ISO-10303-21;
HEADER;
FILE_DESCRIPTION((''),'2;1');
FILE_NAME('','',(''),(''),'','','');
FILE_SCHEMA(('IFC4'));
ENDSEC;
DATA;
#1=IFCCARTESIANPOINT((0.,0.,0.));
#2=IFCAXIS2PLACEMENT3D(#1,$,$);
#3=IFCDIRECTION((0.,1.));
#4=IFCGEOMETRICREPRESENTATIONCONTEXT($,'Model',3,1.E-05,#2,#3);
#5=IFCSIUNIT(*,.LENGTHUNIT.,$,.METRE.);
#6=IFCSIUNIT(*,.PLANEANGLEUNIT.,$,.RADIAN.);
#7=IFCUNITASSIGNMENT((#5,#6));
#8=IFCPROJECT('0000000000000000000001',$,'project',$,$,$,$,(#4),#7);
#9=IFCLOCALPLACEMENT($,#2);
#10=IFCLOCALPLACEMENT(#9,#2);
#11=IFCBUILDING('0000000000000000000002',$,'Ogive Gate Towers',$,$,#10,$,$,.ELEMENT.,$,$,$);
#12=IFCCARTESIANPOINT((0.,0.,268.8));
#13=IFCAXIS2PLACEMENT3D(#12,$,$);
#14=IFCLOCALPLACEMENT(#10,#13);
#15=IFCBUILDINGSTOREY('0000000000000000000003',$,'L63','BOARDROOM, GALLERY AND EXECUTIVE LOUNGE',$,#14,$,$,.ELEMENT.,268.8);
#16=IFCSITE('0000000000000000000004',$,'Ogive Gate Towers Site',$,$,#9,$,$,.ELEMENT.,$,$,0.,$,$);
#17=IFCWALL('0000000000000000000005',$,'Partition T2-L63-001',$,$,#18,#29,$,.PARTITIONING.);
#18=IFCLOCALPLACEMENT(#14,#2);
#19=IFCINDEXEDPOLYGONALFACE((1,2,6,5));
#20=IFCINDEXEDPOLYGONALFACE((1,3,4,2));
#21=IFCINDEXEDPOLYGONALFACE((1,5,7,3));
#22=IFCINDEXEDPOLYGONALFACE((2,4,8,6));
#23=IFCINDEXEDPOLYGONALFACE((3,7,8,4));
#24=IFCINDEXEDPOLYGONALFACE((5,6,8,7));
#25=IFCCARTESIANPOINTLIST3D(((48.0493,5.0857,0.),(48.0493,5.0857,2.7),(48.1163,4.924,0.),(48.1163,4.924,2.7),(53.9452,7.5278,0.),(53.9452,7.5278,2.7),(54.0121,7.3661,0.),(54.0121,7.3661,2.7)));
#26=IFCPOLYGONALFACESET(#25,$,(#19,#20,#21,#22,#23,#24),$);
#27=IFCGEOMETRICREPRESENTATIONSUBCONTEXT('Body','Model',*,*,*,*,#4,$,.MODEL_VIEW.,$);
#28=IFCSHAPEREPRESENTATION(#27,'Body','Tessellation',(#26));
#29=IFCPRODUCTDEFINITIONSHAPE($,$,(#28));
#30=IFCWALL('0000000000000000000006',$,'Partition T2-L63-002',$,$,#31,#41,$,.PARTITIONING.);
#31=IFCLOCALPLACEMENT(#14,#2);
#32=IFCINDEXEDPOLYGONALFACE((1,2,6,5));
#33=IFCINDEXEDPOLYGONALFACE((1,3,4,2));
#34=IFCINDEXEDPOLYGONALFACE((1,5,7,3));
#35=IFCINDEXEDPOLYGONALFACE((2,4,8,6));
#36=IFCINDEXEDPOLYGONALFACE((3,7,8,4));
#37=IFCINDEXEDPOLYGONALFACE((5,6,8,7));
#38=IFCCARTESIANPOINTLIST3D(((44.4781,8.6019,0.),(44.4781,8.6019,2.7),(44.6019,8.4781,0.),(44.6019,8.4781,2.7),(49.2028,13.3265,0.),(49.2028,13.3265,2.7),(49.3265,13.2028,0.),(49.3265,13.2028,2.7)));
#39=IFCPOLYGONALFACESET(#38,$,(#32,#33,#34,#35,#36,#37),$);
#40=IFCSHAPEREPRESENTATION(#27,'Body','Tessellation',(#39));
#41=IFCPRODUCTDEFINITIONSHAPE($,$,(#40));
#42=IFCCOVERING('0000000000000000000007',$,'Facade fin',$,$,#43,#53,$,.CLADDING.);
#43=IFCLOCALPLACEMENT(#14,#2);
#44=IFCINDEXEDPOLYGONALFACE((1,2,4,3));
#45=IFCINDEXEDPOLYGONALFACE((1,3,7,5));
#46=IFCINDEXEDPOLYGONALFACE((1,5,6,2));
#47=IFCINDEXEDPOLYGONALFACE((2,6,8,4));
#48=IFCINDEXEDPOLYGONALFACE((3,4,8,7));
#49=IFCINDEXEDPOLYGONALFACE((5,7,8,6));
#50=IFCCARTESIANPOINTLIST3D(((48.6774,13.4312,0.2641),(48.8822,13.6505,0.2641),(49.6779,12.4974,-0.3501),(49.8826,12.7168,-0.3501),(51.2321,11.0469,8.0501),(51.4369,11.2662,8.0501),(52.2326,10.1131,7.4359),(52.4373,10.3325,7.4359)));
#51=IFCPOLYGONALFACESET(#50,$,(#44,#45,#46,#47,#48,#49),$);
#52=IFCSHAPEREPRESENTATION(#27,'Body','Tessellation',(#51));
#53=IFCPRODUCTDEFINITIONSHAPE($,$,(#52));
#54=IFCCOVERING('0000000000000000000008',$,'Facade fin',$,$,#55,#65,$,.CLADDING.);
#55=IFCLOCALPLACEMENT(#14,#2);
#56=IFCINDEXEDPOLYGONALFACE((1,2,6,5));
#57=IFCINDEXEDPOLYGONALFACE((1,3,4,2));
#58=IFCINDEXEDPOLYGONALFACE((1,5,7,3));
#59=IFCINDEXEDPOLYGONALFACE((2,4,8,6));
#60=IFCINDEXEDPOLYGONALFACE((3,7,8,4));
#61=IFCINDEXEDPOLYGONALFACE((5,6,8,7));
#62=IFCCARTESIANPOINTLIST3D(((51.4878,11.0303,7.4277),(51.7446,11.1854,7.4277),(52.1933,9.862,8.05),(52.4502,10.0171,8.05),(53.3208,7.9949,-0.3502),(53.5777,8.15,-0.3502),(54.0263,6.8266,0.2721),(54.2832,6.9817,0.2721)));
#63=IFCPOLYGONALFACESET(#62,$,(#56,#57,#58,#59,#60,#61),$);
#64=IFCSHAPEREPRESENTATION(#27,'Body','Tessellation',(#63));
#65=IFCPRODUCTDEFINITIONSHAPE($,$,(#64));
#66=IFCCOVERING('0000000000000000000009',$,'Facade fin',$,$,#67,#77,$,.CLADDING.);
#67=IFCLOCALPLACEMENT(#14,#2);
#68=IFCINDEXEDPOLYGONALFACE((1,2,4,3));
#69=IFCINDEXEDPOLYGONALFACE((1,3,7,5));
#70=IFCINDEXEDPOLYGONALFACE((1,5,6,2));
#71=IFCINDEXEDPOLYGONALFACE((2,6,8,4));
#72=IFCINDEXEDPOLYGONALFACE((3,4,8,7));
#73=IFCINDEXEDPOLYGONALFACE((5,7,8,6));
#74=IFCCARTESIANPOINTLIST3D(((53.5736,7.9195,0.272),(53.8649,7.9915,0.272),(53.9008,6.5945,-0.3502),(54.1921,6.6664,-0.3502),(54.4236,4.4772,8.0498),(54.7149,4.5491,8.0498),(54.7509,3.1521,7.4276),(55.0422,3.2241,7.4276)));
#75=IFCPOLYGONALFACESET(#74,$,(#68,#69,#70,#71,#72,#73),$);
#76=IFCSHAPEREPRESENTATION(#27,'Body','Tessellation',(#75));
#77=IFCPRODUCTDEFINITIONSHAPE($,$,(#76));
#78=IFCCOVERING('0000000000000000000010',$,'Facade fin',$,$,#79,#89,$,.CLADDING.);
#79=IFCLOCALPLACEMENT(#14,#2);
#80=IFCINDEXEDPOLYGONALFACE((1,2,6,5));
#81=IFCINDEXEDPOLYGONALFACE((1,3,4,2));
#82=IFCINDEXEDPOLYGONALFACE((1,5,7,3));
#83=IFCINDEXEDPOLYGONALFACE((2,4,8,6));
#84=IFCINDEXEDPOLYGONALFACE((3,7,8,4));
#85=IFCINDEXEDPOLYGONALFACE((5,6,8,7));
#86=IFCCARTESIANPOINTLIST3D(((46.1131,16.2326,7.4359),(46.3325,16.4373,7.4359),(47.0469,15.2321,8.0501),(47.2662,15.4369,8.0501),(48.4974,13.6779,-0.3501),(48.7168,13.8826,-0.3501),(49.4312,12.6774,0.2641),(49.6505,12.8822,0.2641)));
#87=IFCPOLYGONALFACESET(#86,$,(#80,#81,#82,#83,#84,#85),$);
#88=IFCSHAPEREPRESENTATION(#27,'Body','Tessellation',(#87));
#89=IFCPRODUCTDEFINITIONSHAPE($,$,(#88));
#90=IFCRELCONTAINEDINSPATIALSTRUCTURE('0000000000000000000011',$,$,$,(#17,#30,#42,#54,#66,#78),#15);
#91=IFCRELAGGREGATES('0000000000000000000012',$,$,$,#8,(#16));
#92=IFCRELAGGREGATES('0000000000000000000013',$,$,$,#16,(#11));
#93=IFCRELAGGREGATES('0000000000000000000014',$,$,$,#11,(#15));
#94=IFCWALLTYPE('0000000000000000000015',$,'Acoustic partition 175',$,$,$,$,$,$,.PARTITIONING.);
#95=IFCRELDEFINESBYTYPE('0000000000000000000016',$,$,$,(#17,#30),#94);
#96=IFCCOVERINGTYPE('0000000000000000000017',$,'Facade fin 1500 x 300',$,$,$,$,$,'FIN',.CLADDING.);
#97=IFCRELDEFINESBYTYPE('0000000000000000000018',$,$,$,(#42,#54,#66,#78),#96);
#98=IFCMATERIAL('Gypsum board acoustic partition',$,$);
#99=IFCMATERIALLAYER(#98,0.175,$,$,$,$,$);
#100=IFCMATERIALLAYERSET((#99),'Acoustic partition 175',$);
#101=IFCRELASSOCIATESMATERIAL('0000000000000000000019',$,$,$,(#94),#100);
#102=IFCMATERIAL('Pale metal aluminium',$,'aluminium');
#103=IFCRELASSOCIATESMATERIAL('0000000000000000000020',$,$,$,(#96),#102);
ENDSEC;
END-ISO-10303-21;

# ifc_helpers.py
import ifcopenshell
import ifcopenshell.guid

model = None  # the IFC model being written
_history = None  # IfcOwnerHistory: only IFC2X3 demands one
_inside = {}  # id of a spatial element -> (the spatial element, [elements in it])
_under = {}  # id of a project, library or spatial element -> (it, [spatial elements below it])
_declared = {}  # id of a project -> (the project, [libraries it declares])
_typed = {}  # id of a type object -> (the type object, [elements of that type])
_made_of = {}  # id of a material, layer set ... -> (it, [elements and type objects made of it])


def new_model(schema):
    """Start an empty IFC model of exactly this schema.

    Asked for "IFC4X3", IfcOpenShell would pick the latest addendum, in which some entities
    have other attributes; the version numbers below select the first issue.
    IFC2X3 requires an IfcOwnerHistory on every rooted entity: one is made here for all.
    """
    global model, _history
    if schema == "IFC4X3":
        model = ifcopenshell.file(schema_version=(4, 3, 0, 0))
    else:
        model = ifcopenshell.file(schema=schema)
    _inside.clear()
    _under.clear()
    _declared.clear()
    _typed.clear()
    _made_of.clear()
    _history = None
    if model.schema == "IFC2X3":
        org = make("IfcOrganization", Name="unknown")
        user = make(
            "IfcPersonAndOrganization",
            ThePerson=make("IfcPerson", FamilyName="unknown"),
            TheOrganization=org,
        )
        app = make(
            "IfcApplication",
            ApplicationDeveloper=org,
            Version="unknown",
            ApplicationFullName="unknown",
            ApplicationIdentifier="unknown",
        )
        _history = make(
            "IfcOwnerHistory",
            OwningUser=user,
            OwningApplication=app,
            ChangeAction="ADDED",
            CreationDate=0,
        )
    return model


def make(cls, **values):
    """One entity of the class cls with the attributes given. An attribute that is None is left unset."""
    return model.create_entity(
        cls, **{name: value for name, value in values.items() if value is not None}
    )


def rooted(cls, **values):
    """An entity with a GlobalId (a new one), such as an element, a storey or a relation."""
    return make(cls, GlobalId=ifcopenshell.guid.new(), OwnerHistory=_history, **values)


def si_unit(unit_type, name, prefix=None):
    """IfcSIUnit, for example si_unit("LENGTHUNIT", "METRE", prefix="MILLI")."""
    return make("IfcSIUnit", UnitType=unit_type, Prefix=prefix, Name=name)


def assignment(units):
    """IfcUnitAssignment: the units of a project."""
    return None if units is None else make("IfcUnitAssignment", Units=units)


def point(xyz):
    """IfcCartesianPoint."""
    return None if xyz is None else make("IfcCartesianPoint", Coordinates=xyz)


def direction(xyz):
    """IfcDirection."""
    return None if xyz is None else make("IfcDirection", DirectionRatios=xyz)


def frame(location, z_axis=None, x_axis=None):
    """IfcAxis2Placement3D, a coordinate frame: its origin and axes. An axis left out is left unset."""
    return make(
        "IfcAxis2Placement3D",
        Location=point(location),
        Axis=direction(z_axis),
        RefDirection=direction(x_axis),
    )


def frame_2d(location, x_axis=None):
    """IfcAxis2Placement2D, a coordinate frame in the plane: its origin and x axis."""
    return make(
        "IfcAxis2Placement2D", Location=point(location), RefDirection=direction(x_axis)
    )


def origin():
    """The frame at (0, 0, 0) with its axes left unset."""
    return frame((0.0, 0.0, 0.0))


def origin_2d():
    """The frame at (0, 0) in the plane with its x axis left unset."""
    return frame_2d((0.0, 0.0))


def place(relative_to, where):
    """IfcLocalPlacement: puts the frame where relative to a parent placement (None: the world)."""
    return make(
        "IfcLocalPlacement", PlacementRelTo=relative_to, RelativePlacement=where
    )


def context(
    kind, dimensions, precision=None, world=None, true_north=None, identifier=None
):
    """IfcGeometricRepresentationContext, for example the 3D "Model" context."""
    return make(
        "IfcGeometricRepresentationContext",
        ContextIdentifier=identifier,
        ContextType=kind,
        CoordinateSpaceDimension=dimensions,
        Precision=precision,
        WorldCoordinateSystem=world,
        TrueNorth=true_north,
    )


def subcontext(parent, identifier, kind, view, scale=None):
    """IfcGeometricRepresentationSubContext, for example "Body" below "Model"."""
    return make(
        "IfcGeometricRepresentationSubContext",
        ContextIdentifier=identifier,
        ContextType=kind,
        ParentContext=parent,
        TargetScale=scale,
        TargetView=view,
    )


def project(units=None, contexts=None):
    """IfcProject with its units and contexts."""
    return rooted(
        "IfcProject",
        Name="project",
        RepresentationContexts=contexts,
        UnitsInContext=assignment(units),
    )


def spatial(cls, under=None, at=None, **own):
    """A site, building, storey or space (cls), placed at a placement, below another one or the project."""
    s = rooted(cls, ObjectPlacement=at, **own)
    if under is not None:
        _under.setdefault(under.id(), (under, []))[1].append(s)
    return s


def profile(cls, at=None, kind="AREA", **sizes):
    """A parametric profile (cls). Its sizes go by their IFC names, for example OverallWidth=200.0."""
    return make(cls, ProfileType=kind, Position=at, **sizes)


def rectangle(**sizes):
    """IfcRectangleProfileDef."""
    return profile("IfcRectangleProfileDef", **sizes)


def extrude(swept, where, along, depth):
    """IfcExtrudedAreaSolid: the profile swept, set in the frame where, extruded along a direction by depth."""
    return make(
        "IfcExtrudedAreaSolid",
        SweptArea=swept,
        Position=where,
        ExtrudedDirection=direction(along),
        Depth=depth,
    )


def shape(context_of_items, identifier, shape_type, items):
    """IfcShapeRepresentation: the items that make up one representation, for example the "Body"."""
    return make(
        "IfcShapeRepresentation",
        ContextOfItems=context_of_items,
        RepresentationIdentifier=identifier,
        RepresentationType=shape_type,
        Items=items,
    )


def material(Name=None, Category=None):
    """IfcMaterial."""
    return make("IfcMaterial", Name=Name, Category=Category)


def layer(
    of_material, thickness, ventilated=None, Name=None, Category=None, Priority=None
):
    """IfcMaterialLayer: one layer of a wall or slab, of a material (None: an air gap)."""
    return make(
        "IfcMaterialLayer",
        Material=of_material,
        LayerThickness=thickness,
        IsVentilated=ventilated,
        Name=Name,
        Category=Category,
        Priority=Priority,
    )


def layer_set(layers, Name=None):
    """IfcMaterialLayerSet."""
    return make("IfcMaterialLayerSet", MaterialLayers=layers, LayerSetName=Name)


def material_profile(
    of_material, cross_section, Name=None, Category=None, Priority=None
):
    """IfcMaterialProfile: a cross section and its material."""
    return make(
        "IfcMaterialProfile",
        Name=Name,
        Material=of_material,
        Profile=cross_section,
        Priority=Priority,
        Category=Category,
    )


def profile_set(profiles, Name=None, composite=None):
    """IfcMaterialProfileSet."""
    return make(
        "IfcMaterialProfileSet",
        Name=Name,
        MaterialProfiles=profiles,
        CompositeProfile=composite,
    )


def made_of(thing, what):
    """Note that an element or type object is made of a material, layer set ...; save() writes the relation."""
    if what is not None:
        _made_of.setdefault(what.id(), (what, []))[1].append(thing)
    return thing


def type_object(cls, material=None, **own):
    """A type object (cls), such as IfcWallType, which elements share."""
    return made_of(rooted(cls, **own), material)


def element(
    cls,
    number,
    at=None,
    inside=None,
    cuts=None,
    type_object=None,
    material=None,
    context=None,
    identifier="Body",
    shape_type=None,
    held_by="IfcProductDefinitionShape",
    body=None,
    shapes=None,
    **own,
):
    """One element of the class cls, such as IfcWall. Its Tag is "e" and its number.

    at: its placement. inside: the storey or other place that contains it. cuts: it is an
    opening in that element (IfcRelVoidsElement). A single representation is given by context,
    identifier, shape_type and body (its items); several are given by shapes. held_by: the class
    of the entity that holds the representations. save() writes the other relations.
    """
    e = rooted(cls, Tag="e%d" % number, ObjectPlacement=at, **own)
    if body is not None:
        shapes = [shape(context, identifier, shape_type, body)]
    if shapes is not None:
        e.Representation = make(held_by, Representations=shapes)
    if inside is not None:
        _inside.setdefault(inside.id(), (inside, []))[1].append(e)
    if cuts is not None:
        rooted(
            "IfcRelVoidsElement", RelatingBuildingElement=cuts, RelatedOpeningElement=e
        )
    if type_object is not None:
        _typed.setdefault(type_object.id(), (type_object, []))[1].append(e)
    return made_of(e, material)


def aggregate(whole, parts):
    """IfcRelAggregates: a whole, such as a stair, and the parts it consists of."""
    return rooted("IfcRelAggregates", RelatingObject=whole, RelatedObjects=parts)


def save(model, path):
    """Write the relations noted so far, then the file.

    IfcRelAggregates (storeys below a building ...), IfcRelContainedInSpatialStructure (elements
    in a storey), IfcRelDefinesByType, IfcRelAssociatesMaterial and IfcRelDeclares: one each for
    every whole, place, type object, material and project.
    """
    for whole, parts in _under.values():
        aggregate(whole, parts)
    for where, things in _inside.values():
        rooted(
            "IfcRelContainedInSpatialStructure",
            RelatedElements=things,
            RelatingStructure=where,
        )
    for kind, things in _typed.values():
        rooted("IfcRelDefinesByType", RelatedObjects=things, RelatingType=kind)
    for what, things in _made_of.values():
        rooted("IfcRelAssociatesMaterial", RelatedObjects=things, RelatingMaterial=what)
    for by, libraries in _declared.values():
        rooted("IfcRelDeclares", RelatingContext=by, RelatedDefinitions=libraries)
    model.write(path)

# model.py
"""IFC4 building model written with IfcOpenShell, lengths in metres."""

from ifc_helpers import new_model, si_unit, direction, frame, frame_2d, origin, origin_2d, place, context, subcontext, project, spatial, rectangle, extrude, material, layer, layer_set, material_profile, profile_set, type_object, element, save


model = new_model("IFC4")

# Units and contexts
model_context = context("Model", 3, precision=1e-05, world=origin(), true_north=direction((0.0, 1.0)))
body_context = subcontext(model_context, "Body", "Model", "MODEL_VIEW")
ifc_project = project(units=[si_unit("LENGTHUNIT", "METRE"), si_unit("PLANEANGLEUNIT", "RADIAN")], contexts=[model_context])

# Site, building, storey
site_placement = place(None, origin())
site = spatial("IfcSite", under=ifc_project, at=site_placement, Name="Ogive Gate Towers Site", CompositionType="ELEMENT", RefElevation=0.0)
building_placement = place(site_placement, origin())
building = spatial("IfcBuilding", under=site, at=building_placement, Name="Ogive Gate Towers", CompositionType="ELEMENT")
storey_placement = place(building_placement, frame((0.0, 0.0, 268.8)))
storey = spatial("IfcBuildingStorey", under=building, at=storey_placement, Name="L63", Description="BOARDROOM, GALLERY AND EXECUTIVE LOUNGE", CompositionType="ELEMENT", Elevation=268.8)

# Shared definitions
ifc_material_1 = material(Name="Pale metal aluminium", Category="aluminium")

# Walls
ifc_material_2 = material(Name="Gypsum board acoustic partition")
ifc_layer_1 = layer(ifc_material_2, 0.175)
ifc_layer_set_1 = layer_set([ifc_layer_1], Name="Acoustic partition 175")
wall_type = type_object("IfcWallType", Name="Acoustic partition 175", PredefinedType="PARTITIONING", material=ifc_layer_set_1)
wall_1_placement = place(storey_placement, frame((53.9788, 7.447, 0.0), z_axis=(0.0, 0.0, 1.0), x_axis=(-0.923877, -0.382689, 0.0)))
element("IfcWall", 1, at=wall_1_placement, inside=storey, type_object=wall_type, Name="Partition T2-L63-001", PredefinedType="PARTITIONING", context=body_context, shape_type="SweptSolid", body=[
    extrude(rectangle(XDim=6.3816, YDim=0.175, at=frame_2d((3.1909, 0.0))), origin(), (0.0, 0.0, 1.0), 2.7),
])
wall_2_placement = place(storey_placement, frame((49.2646, 13.2646, 0.0), z_axis=(0.0, 0.0, 1.0), x_axis=(-0.707107, -0.707107, 0.0)))
element("IfcWall", 2, at=wall_2_placement, inside=storey, type_object=wall_type, Name="Partition T2-L63-002", PredefinedType="PARTITIONING", context=body_context, shape_type="SweptSolid", body=[
    extrude(rectangle(XDim=6.6816, YDim=0.175, at=frame_2d((3.3408, 0.0))), origin(), (0.0, 0.0, 1.0), 2.7),
])

# Coverings
ifc_material_profile_1 = material_profile(ifc_material_1, rectangle(XDim=0.3, YDim=1.5, at=origin_2d()), Name="1500 x 300 pale metal aluminium")
ifc_profile_set_1 = profile_set([ifc_material_profile_1], Name="Pale metal aluminium")
covering_type = type_object("IfcCoveringType", Name="Facade fin 1500 x 300", ElementType="FIN", PredefinedType="CLADDING", material=ifc_profile_set_1)
covering_1_placement = place(storey_placement, frame((49.28, 13.074, -0.043), z_axis=(0.29935, -0.279382, 0.912324), x_axis=(0.682303, 0.731069, 0.0)))
element("IfcCovering", 3, at=covering_1_placement, inside=storey, type_object=covering_type, Name="Facade fin", PredefinedType="CLADDING", context=body_context, shape_type="SweptSolid", body=[
    extrude(rectangle(XDim=0.3, YDim=1.5, at=origin_2d()), origin(), (0.0, 0.0, 1.0), 8.5342),
])
covering_2_placement = place(storey_placement, frame((53.802, 7.4883, -0.0391), z_axis=(-0.214437, 0.355101, 0.909901), x_axis=(-0.856025, -0.516934, 0.0)))
element("IfcCovering", 4, at=covering_2_placement, inside=storey, type_object=covering_type, Name="Facade fin", PredefinedType="CLADDING", context=body_context, shape_type="SweptSolid", body=[
    extrude(rectangle(XDim=0.3, YDim=1.5, at=origin_2d()), origin(), (0.0, 0.0, 1.0), 8.5481),
])
covering_3_placement = place(storey_placement, frame((53.8828, 7.293, -0.0391), z_axis=(0.099451, -0.402715, 0.909907), x_axis=(0.970835, 0.239748, 0.0)))
element("IfcCovering", 5, at=covering_3_placement, inside=storey, type_object=covering_type, Name="Facade fin", PredefinedType="CLADDING", context=body_context, shape_type="SweptSolid", body=[
    extrude(rectangle(XDim=0.3, YDim=1.5, at=origin_2d()), origin(), (0.0, 0.0, 1.0), 8.5479),
])
covering_4_placement = place(storey_placement, frame((49.074, 13.28, -0.043), z_axis=(-0.279382, 0.29935, 0.912324), x_axis=(-0.731069, -0.682303, 0.0)))
element("IfcCovering", 6, at=covering_4_placement, inside=storey, type_object=covering_type, Name="Facade fin", PredefinedType="CLADDING", context=body_context, shape_type="SweptSolid", body=[
    extrude(rectangle(XDim=0.3, YDim=1.5, at=origin_2d()), origin(), (0.0, 0.0, 1.0), 8.5342),
])

save(model, "model.ifc")
